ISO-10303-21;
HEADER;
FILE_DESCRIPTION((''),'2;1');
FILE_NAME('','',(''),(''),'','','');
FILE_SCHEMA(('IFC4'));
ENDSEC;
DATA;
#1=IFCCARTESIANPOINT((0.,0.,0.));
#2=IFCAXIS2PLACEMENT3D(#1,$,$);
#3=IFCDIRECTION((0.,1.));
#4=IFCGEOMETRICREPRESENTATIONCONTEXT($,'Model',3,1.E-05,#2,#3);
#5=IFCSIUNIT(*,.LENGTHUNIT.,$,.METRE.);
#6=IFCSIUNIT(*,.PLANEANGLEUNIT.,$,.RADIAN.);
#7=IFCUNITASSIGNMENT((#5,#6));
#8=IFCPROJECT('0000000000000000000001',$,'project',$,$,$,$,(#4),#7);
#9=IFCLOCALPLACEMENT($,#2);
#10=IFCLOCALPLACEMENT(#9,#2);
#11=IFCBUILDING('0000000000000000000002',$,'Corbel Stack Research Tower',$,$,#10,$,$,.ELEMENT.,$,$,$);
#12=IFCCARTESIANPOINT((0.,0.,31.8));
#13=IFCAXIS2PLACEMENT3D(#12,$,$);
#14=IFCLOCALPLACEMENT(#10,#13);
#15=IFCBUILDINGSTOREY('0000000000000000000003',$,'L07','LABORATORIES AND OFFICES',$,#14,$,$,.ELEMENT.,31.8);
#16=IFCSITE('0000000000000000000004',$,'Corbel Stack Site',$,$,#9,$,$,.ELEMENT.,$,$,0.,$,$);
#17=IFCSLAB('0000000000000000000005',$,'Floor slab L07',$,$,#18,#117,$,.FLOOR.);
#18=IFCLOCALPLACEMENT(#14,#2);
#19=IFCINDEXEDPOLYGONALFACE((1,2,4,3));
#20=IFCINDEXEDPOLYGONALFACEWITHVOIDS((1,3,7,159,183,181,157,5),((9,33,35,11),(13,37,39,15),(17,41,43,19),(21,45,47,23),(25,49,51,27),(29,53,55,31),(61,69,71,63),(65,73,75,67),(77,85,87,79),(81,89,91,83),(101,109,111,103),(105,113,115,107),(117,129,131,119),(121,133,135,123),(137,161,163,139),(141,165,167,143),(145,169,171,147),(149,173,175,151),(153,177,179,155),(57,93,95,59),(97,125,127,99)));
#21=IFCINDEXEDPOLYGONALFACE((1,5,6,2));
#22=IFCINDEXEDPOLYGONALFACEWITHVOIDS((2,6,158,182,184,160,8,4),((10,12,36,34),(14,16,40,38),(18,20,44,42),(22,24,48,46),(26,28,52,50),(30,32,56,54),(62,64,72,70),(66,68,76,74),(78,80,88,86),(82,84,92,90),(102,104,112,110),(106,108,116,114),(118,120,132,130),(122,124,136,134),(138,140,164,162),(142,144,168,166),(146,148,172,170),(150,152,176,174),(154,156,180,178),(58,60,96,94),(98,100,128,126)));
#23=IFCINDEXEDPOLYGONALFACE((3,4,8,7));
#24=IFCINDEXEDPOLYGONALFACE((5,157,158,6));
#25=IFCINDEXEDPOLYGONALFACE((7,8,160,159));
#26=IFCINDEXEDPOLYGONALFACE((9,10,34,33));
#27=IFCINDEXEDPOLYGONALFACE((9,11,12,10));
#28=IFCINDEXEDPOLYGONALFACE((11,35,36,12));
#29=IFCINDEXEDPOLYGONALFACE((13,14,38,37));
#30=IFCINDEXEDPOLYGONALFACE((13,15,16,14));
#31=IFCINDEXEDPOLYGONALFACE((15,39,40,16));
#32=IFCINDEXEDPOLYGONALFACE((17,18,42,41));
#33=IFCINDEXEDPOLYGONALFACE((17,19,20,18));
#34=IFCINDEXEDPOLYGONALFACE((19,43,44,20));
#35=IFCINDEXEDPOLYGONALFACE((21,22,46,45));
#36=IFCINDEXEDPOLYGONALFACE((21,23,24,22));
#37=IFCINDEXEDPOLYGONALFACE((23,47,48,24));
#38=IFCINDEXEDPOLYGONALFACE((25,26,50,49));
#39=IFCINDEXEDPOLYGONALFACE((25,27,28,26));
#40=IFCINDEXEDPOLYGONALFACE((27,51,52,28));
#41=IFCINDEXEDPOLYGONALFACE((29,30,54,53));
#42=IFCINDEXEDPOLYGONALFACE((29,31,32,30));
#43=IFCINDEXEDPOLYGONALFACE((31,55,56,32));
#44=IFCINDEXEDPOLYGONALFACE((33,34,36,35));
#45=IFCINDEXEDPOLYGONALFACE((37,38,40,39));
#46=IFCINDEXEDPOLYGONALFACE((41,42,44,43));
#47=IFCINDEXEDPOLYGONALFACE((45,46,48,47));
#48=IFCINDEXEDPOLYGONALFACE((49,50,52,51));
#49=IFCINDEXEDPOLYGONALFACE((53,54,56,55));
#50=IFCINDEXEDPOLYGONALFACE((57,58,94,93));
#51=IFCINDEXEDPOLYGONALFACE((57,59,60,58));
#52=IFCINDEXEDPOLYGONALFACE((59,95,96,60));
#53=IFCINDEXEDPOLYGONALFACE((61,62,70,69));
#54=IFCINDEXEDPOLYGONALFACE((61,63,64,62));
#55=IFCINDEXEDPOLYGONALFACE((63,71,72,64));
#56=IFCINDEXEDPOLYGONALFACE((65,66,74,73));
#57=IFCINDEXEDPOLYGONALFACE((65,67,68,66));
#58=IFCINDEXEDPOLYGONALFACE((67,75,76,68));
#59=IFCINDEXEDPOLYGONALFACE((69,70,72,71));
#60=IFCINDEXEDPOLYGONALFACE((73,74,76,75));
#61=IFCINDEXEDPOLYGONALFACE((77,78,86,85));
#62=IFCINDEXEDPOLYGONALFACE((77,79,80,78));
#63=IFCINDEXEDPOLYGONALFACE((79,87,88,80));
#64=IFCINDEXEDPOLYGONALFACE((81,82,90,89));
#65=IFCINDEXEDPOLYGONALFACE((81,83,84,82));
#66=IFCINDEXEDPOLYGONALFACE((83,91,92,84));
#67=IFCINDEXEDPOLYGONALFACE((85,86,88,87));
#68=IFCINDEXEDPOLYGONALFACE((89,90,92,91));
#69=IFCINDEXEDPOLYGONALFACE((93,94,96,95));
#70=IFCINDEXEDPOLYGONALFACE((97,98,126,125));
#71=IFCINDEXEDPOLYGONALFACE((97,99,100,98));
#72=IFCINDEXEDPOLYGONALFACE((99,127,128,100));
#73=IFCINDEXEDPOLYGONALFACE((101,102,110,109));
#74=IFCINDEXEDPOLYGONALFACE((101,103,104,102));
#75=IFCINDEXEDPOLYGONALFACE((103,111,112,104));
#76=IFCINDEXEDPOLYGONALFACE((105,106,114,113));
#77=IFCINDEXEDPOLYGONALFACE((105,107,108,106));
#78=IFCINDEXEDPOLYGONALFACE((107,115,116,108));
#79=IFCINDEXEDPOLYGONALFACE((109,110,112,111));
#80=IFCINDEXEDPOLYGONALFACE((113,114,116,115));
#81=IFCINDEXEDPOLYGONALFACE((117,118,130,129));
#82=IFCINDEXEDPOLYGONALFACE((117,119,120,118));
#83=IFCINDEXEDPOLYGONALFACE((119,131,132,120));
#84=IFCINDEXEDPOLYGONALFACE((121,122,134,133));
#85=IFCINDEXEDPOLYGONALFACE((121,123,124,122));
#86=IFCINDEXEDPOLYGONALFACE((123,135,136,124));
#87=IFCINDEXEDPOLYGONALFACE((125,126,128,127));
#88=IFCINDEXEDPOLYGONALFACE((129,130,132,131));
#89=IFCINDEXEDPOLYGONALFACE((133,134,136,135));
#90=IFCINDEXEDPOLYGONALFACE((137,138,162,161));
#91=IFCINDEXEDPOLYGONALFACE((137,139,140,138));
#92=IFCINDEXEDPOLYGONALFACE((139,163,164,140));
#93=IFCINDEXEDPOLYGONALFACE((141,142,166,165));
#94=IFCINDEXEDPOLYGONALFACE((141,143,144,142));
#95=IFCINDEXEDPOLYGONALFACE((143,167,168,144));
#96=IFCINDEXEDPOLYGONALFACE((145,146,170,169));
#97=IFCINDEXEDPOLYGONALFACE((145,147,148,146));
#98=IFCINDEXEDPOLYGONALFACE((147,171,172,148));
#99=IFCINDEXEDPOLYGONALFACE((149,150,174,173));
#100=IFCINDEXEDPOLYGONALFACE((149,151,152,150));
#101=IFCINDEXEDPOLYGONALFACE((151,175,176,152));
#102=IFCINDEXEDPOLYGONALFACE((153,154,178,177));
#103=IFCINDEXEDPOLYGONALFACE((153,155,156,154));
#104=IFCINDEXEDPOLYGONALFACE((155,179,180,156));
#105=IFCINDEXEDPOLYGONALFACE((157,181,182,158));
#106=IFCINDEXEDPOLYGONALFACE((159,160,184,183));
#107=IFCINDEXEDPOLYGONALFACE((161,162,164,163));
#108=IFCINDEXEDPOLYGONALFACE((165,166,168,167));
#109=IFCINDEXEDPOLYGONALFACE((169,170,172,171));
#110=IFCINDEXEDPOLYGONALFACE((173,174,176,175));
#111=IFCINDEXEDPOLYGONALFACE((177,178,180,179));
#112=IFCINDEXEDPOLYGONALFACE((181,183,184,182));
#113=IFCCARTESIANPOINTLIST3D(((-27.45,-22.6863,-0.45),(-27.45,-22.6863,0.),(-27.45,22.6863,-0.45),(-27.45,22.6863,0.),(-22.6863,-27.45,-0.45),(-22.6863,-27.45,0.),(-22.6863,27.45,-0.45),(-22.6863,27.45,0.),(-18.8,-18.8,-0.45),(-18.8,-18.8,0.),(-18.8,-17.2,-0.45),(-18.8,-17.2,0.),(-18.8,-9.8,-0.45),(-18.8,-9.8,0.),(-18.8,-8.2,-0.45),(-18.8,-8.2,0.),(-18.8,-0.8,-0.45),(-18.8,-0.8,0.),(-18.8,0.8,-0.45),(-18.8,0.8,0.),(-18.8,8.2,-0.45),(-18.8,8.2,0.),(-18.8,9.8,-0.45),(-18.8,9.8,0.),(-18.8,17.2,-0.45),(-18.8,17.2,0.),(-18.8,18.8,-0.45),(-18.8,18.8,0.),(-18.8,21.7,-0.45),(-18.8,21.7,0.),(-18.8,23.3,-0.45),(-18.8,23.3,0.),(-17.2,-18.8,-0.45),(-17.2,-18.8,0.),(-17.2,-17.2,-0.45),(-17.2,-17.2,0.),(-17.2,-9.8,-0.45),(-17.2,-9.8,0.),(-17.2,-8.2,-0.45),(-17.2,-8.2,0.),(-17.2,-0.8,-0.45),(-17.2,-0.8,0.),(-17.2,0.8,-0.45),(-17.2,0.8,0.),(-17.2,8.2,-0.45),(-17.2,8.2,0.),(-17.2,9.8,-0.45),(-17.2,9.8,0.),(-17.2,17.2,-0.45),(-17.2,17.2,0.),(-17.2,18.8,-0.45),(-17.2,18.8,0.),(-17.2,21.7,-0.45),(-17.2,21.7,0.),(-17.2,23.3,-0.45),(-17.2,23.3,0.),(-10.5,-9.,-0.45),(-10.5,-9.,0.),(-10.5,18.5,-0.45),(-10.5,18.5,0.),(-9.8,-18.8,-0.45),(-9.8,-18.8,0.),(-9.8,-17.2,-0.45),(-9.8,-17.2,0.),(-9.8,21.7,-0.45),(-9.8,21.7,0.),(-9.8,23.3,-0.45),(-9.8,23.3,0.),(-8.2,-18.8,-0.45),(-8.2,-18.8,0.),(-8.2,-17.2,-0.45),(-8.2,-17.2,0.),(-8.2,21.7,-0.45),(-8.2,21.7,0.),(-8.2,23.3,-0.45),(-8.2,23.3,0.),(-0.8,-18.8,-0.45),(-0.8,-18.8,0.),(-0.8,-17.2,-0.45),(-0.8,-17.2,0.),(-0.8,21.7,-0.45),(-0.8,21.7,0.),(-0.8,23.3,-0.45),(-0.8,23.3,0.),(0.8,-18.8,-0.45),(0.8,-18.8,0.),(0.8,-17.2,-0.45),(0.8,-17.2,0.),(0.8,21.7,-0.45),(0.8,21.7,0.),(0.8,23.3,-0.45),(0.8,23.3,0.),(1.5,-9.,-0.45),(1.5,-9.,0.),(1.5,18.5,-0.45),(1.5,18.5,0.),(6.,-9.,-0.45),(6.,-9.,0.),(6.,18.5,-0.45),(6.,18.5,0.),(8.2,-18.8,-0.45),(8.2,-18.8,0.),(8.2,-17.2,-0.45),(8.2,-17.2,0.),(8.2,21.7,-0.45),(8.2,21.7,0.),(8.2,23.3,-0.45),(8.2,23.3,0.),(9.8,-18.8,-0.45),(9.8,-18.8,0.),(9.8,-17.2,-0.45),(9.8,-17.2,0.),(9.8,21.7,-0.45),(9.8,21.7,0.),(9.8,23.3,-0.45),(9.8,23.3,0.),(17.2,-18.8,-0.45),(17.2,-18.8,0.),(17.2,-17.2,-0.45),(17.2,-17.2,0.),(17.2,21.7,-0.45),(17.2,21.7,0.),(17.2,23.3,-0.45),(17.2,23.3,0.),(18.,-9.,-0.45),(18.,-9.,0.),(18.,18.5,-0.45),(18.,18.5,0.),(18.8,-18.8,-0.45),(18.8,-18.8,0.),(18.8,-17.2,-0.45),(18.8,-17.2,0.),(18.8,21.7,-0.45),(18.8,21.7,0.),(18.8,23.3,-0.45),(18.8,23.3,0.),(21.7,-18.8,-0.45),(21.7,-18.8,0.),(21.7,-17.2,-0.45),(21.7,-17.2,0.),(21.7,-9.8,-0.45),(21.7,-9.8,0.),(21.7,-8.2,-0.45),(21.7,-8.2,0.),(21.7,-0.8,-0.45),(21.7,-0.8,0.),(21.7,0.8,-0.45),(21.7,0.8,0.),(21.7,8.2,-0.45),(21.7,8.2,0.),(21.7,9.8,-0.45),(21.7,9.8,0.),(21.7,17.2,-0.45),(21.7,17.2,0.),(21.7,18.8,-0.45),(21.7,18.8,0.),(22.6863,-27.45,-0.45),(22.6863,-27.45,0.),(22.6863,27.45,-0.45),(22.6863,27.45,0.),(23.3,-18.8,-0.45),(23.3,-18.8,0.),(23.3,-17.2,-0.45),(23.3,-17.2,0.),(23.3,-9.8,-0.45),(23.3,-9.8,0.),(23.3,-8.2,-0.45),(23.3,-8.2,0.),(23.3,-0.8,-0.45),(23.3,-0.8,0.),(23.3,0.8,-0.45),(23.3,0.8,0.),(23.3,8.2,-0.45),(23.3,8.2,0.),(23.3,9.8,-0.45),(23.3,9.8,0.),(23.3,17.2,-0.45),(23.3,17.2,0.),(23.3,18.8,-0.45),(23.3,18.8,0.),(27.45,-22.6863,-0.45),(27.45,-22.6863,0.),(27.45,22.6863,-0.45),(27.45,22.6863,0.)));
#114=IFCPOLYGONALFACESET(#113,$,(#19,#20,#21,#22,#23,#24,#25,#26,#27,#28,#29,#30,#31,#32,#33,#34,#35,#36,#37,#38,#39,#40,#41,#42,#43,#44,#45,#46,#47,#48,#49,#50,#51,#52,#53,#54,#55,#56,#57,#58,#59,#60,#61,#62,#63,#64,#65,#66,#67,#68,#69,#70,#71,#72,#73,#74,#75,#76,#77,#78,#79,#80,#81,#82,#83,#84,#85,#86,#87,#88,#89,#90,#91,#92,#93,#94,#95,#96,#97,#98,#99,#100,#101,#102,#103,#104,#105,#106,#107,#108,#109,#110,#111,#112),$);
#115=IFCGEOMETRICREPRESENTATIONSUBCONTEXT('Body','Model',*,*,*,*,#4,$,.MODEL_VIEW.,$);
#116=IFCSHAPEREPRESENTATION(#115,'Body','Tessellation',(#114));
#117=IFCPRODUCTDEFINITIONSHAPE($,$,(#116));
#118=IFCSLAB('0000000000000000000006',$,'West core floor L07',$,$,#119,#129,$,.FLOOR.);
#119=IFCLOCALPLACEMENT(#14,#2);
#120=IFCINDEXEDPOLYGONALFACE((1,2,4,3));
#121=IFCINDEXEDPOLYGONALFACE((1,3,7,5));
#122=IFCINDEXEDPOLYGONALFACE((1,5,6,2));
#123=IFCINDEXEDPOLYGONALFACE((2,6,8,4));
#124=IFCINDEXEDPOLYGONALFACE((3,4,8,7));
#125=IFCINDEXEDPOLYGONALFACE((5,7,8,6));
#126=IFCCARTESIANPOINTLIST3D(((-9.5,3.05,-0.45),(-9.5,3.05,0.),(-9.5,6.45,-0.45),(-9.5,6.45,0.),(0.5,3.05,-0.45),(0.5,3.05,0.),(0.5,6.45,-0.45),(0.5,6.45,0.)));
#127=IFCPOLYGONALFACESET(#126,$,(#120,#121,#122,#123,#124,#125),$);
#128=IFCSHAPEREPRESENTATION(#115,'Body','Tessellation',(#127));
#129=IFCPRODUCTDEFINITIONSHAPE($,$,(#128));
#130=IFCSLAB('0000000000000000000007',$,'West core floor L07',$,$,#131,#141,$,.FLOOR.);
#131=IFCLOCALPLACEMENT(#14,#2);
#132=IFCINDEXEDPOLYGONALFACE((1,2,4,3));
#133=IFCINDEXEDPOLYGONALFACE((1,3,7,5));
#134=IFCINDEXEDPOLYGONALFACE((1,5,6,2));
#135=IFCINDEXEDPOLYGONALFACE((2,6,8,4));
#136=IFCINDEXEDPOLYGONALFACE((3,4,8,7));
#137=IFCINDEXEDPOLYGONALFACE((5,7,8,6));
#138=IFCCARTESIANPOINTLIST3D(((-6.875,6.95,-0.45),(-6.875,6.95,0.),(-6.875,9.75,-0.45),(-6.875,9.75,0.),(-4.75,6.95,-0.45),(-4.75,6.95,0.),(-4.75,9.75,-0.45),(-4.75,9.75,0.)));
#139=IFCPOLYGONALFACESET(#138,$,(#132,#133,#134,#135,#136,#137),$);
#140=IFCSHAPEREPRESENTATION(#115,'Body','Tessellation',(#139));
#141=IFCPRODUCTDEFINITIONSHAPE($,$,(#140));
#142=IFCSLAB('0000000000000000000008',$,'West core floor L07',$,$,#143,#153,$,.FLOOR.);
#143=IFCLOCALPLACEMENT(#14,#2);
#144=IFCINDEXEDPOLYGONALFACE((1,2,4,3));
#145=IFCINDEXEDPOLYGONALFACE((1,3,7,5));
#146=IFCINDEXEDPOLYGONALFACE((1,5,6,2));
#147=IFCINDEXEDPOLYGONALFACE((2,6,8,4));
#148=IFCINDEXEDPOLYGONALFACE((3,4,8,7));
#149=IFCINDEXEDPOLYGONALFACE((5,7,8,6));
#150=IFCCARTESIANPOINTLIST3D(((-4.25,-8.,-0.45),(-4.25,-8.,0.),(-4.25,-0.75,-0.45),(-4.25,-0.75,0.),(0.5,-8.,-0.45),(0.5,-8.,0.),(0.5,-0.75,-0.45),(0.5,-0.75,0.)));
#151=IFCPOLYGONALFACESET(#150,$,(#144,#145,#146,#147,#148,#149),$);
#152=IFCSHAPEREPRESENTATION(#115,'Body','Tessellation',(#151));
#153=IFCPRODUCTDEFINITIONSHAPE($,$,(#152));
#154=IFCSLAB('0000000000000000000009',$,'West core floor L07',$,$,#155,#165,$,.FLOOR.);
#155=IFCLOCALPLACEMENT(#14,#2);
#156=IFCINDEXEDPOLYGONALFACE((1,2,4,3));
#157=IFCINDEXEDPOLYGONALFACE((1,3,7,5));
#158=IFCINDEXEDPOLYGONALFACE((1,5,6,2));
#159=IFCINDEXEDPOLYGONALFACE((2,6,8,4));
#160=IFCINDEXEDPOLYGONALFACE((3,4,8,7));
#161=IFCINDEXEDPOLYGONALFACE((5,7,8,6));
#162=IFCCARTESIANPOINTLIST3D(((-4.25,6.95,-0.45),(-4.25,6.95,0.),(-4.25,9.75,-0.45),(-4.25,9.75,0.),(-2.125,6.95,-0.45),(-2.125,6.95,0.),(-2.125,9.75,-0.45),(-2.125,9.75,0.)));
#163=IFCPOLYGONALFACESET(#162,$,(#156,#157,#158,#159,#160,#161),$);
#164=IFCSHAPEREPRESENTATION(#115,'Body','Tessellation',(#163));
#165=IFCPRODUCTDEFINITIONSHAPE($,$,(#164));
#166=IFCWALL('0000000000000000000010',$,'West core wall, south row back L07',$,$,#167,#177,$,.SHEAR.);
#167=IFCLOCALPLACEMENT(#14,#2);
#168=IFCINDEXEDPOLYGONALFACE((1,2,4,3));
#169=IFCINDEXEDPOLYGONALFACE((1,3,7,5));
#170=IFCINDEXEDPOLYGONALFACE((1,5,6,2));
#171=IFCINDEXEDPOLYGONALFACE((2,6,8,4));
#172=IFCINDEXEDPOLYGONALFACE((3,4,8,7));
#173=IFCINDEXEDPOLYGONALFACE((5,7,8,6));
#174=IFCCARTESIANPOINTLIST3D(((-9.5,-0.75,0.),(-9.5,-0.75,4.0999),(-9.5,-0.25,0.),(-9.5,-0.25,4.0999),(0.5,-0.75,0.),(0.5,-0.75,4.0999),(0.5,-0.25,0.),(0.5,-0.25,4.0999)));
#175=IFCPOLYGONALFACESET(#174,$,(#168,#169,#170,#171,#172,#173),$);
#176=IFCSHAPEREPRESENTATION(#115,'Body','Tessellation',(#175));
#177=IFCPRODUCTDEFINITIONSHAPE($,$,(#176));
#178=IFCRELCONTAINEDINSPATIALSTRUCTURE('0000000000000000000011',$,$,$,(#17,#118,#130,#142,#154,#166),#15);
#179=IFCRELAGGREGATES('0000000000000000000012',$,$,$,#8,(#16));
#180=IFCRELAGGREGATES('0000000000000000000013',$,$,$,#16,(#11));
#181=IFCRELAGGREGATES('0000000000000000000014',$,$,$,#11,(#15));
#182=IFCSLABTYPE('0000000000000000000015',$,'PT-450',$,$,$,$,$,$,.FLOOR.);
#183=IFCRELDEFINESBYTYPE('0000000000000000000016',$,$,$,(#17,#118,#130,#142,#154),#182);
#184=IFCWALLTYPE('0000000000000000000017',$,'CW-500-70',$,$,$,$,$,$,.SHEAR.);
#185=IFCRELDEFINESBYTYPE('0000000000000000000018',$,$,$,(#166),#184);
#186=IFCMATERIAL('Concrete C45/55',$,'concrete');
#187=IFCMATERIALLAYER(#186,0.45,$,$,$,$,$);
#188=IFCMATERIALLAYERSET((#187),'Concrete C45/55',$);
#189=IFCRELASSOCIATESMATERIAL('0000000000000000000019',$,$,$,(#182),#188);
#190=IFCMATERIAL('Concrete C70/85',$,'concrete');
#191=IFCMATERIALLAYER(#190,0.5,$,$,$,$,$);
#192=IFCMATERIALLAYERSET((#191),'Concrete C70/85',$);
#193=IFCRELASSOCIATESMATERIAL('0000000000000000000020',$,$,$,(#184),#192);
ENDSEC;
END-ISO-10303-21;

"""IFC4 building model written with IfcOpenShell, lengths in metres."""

from ifc_helpers import new_model, si_unit, direction, frame, frame_2d, origin, place, context, subcontext, project, spatial, polyline, rectangle, outline, extrude, material, layer, layer_set, type_object, element, save


model = new_model("IFC4")

# Units and contexts
model_context = context("Model", 3, precision=1e-05, world=origin(), true_north=direction((0.0, 1.0)))
body_context = subcontext(model_context, "Body", "Model", "MODEL_VIEW")
ifc_project = project(units=[si_unit("LENGTHUNIT", "METRE"), si_unit("PLANEANGLEUNIT", "RADIAN")], contexts=[model_context])

# Site, building, storey
site_placement = place(None, origin())
site = spatial("IfcSite", under=ifc_project, at=site_placement, Name="Corbel Stack Site", CompositionType="ELEMENT", RefElevation=0.0)
building_placement = place(site_placement, origin())
building = spatial("IfcBuilding", under=site, at=building_placement, Name="Corbel Stack Research Tower", CompositionType="ELEMENT")
storey_placement = place(building_placement, frame((0.0, 0.0, 31.8)))
storey = spatial("IfcBuildingStorey", under=building, at=storey_placement, Name="L07", Description="LABORATORIES AND OFFICES", CompositionType="ELEMENT", Elevation=31.8)

# Slabs
ifc_material_1 = material(Name="Concrete C45/55", Category="concrete")
ifc_layer_1 = layer(ifc_material_1, 0.45)
ifc_layer_set_1 = layer_set([ifc_layer_1], Name="Concrete C45/55")
slab_type = type_object("IfcSlabType", Name="PT-450", PredefinedType="FLOOR", material=ifc_layer_set_1)
slab_1_placement = place(storey_placement, frame((0.0, 0.0, -0.45)))
element("IfcSlab", 1, at=slab_1_placement, inside=storey, type_object=slab_type, Name="Floor slab L07", PredefinedType="FLOOR", context=body_context, shape_type="SweptSolid", body=[
    extrude(outline(polyline([(-22.6863, -27.45), (22.6863, -27.45), (27.45, -22.6863), (27.45, 22.6863), (22.6863, 27.45), (-22.6863, 27.45), (-27.45, 22.6863), (-27.45, -22.6863), (-22.6863, -27.45)]), holes=[polyline([(23.3, 17.2), (21.7, 17.2), (21.7, 18.8), (23.3, 18.8), (23.3, 17.2)]), polyline([(21.7, 8.2), (21.7, 9.8), (23.3, 9.8), (23.3, 8.2), (21.7, 8.2)]), polyline([(23.3, -0.8), (21.7, -0.8), (21.7, 0.8), (23.3, 0.8), (23.3, -0.8)]), polyline([(21.7, -9.8), (21.7, -8.2), (23.3, -8.2), (23.3, -9.8), (21.7, -9.8)]), polyline([(21.7, -18.8), (21.7, -17.2), (23.3, -17.2), (23.3, -18.8), (21.7, -18.8)]), polyline([(17.2, 21.7), (17.2, 23.3), (18.8, 23.3), (18.8, 21.7), (17.2, 21.7)]), polyline([(18.8, -18.8), (17.2, -18.8), (17.2, -17.2), (18.8, -17.2), (18.8, -18.8)]), polyline([(6.0, -9.0), (6.0, 18.5), (18.0, 18.5), (18.0, -9.0), (6.0, -9.0)]), polyline([(8.2, 21.7), (8.2, 23.3), (9.8, 23.3), (9.8, 21.7), (8.2, 21.7)]), polyline([(9.8, -18.8), (8.2, -18.8), (8.2, -17.2), (9.8, -17.2), (9.8, -18.8)]), polyline([(1.5, -9.0), (-10.5, -9.0), (-10.5, 18.5), (1.5, 18.5), (1.5, -9.0)]), polyline([(0.8, 21.7), (-0.8, 21.7), (-0.8, 23.3), (0.8, 23.3), (0.8, 21.7)]), polyline([(0.8, -18.8), (-0.8, -18.8), (-0.8, -17.2), (0.8, -17.2), (0.8, -18.8)]), polyline([(-9.8, 21.7), (-9.8, 23.3), (-8.2, 23.3), (-8.2, 21.7), (-9.8, 21.7)]), polyline([(-8.2, -18.8), (-9.8, -18.8), (-9.8, -17.2), (-8.2, -17.2), (-8.2, -18.8)]), polyline([(-18.8, 21.7), (-18.8, 23.3), (-17.2, 23.3), (-17.2, 21.7), (-18.8, 21.7)]), polyline([(-17.2, 17.2), (-18.8, 17.2), (-18.8, 18.8), (-17.2, 18.8), (-17.2, 17.2)]), polyline([(-17.2, 8.2), (-18.8, 8.2), (-18.8, 9.8), (-17.2, 9.8), (-17.2, 8.2)]), polyline([(-18.8, -0.8), (-18.8, 0.8), (-17.2, 0.8), (-17.2, -0.8), (-18.8, -0.8)]), polyline([(-18.8, -9.8), (-18.8, -8.2), (-17.2, -8.2), (-17.2, -9.8), (-18.8, -9.8)]), polyline([(-17.2, -18.8), (-18.8, -18.8), (-18.8, -17.2), (-17.2, -17.2), (-17.2, -18.8)])]), origin(), (0.0, 0.0, 1.0), 0.45),
])
slab_2_placement = place(storey_placement, frame((0.0, 0.0, -0.45)))
element("IfcSlab", 2, at=slab_2_placement, inside=storey, type_object=slab_type, Name="West core floor L07", PredefinedType="FLOOR", context=body_context, shape_type="SweptSolid", body=[
    extrude(outline(polyline([(-9.5, 6.45), (-9.5, 3.05), (0.5, 3.05), (0.5, 6.45), (-9.5, 6.45)])), origin(), (0.0, 0.0, 1.0), 0.45),
])
slab_3_placement = place(storey_placement, frame((0.0, 0.0, -0.45)))
element("IfcSlab", 3, at=slab_3_placement, inside=storey, type_object=slab_type, Name="West core floor L07", PredefinedType="FLOOR", context=body_context, shape_type="SweptSolid", body=[
    extrude(outline(polyline([(-6.875, 6.95), (-4.75, 6.95), (-4.75, 9.75), (-6.875, 9.75), (-6.875, 6.95)])), origin(), (0.0, 0.0, 1.0), 0.45),
])
slab_4_placement = place(storey_placement, frame((0.0, 0.0, -0.45)))
element("IfcSlab", 4, at=slab_4_placement, inside=storey, type_object=slab_type, Name="West core floor L07", PredefinedType="FLOOR", context=body_context, shape_type="SweptSolid", body=[
    extrude(outline(polyline([(-4.25, -0.75), (-4.25, -8.0), (0.5, -8.0), (0.5, -0.75), (-4.25, -0.75)])), origin(), (0.0, 0.0, 1.0), 0.45),
])
slab_5_placement = place(storey_placement, frame((0.0, 0.0, -0.45)))
element("IfcSlab", 5, at=slab_5_placement, inside=storey, type_object=slab_type, Name="West core floor L07", PredefinedType="FLOOR", context=body_context, shape_type="SweptSolid", body=[
    extrude(outline(polyline([(-2.125, 6.95), (-2.125, 9.75), (-4.25, 9.75), (-4.25, 6.95), (-2.125, 6.95)])), origin(), (0.0, 0.0, 1.0), 0.45),
])

# Wall
ifc_material_2 = material(Name="Concrete C70/85", Category="concrete")
ifc_layer_2 = layer(ifc_material_2, 0.5)
ifc_layer_set_2 = layer_set([ifc_layer_2], Name="Concrete C70/85")
wall_type_1 = type_object("IfcWallType", Name="CW-500-70", PredefinedType="SHEAR", material=ifc_layer_set_2)
wall_1_placement = place(storey_placement, frame((-9.5, -0.5, 0.0), z_axis=(0.0, 0.0, 1.0), x_axis=(1.0, 0.0, 0.0)))
element("IfcWall", 6, at=wall_1_placement, inside=storey, type_object=wall_type_1, Name="West core wall, south row back L07", PredefinedType="SHEAR", context=body_context, shape_type="SweptSolid", body=[
    extrude(rectangle(XDim=10.0, YDim=0.5, at=frame_2d((5.0, 0.0))), origin(), (0.0, 0.0, 1.0), 4.0999),
])

save(model, "model.ifc")
